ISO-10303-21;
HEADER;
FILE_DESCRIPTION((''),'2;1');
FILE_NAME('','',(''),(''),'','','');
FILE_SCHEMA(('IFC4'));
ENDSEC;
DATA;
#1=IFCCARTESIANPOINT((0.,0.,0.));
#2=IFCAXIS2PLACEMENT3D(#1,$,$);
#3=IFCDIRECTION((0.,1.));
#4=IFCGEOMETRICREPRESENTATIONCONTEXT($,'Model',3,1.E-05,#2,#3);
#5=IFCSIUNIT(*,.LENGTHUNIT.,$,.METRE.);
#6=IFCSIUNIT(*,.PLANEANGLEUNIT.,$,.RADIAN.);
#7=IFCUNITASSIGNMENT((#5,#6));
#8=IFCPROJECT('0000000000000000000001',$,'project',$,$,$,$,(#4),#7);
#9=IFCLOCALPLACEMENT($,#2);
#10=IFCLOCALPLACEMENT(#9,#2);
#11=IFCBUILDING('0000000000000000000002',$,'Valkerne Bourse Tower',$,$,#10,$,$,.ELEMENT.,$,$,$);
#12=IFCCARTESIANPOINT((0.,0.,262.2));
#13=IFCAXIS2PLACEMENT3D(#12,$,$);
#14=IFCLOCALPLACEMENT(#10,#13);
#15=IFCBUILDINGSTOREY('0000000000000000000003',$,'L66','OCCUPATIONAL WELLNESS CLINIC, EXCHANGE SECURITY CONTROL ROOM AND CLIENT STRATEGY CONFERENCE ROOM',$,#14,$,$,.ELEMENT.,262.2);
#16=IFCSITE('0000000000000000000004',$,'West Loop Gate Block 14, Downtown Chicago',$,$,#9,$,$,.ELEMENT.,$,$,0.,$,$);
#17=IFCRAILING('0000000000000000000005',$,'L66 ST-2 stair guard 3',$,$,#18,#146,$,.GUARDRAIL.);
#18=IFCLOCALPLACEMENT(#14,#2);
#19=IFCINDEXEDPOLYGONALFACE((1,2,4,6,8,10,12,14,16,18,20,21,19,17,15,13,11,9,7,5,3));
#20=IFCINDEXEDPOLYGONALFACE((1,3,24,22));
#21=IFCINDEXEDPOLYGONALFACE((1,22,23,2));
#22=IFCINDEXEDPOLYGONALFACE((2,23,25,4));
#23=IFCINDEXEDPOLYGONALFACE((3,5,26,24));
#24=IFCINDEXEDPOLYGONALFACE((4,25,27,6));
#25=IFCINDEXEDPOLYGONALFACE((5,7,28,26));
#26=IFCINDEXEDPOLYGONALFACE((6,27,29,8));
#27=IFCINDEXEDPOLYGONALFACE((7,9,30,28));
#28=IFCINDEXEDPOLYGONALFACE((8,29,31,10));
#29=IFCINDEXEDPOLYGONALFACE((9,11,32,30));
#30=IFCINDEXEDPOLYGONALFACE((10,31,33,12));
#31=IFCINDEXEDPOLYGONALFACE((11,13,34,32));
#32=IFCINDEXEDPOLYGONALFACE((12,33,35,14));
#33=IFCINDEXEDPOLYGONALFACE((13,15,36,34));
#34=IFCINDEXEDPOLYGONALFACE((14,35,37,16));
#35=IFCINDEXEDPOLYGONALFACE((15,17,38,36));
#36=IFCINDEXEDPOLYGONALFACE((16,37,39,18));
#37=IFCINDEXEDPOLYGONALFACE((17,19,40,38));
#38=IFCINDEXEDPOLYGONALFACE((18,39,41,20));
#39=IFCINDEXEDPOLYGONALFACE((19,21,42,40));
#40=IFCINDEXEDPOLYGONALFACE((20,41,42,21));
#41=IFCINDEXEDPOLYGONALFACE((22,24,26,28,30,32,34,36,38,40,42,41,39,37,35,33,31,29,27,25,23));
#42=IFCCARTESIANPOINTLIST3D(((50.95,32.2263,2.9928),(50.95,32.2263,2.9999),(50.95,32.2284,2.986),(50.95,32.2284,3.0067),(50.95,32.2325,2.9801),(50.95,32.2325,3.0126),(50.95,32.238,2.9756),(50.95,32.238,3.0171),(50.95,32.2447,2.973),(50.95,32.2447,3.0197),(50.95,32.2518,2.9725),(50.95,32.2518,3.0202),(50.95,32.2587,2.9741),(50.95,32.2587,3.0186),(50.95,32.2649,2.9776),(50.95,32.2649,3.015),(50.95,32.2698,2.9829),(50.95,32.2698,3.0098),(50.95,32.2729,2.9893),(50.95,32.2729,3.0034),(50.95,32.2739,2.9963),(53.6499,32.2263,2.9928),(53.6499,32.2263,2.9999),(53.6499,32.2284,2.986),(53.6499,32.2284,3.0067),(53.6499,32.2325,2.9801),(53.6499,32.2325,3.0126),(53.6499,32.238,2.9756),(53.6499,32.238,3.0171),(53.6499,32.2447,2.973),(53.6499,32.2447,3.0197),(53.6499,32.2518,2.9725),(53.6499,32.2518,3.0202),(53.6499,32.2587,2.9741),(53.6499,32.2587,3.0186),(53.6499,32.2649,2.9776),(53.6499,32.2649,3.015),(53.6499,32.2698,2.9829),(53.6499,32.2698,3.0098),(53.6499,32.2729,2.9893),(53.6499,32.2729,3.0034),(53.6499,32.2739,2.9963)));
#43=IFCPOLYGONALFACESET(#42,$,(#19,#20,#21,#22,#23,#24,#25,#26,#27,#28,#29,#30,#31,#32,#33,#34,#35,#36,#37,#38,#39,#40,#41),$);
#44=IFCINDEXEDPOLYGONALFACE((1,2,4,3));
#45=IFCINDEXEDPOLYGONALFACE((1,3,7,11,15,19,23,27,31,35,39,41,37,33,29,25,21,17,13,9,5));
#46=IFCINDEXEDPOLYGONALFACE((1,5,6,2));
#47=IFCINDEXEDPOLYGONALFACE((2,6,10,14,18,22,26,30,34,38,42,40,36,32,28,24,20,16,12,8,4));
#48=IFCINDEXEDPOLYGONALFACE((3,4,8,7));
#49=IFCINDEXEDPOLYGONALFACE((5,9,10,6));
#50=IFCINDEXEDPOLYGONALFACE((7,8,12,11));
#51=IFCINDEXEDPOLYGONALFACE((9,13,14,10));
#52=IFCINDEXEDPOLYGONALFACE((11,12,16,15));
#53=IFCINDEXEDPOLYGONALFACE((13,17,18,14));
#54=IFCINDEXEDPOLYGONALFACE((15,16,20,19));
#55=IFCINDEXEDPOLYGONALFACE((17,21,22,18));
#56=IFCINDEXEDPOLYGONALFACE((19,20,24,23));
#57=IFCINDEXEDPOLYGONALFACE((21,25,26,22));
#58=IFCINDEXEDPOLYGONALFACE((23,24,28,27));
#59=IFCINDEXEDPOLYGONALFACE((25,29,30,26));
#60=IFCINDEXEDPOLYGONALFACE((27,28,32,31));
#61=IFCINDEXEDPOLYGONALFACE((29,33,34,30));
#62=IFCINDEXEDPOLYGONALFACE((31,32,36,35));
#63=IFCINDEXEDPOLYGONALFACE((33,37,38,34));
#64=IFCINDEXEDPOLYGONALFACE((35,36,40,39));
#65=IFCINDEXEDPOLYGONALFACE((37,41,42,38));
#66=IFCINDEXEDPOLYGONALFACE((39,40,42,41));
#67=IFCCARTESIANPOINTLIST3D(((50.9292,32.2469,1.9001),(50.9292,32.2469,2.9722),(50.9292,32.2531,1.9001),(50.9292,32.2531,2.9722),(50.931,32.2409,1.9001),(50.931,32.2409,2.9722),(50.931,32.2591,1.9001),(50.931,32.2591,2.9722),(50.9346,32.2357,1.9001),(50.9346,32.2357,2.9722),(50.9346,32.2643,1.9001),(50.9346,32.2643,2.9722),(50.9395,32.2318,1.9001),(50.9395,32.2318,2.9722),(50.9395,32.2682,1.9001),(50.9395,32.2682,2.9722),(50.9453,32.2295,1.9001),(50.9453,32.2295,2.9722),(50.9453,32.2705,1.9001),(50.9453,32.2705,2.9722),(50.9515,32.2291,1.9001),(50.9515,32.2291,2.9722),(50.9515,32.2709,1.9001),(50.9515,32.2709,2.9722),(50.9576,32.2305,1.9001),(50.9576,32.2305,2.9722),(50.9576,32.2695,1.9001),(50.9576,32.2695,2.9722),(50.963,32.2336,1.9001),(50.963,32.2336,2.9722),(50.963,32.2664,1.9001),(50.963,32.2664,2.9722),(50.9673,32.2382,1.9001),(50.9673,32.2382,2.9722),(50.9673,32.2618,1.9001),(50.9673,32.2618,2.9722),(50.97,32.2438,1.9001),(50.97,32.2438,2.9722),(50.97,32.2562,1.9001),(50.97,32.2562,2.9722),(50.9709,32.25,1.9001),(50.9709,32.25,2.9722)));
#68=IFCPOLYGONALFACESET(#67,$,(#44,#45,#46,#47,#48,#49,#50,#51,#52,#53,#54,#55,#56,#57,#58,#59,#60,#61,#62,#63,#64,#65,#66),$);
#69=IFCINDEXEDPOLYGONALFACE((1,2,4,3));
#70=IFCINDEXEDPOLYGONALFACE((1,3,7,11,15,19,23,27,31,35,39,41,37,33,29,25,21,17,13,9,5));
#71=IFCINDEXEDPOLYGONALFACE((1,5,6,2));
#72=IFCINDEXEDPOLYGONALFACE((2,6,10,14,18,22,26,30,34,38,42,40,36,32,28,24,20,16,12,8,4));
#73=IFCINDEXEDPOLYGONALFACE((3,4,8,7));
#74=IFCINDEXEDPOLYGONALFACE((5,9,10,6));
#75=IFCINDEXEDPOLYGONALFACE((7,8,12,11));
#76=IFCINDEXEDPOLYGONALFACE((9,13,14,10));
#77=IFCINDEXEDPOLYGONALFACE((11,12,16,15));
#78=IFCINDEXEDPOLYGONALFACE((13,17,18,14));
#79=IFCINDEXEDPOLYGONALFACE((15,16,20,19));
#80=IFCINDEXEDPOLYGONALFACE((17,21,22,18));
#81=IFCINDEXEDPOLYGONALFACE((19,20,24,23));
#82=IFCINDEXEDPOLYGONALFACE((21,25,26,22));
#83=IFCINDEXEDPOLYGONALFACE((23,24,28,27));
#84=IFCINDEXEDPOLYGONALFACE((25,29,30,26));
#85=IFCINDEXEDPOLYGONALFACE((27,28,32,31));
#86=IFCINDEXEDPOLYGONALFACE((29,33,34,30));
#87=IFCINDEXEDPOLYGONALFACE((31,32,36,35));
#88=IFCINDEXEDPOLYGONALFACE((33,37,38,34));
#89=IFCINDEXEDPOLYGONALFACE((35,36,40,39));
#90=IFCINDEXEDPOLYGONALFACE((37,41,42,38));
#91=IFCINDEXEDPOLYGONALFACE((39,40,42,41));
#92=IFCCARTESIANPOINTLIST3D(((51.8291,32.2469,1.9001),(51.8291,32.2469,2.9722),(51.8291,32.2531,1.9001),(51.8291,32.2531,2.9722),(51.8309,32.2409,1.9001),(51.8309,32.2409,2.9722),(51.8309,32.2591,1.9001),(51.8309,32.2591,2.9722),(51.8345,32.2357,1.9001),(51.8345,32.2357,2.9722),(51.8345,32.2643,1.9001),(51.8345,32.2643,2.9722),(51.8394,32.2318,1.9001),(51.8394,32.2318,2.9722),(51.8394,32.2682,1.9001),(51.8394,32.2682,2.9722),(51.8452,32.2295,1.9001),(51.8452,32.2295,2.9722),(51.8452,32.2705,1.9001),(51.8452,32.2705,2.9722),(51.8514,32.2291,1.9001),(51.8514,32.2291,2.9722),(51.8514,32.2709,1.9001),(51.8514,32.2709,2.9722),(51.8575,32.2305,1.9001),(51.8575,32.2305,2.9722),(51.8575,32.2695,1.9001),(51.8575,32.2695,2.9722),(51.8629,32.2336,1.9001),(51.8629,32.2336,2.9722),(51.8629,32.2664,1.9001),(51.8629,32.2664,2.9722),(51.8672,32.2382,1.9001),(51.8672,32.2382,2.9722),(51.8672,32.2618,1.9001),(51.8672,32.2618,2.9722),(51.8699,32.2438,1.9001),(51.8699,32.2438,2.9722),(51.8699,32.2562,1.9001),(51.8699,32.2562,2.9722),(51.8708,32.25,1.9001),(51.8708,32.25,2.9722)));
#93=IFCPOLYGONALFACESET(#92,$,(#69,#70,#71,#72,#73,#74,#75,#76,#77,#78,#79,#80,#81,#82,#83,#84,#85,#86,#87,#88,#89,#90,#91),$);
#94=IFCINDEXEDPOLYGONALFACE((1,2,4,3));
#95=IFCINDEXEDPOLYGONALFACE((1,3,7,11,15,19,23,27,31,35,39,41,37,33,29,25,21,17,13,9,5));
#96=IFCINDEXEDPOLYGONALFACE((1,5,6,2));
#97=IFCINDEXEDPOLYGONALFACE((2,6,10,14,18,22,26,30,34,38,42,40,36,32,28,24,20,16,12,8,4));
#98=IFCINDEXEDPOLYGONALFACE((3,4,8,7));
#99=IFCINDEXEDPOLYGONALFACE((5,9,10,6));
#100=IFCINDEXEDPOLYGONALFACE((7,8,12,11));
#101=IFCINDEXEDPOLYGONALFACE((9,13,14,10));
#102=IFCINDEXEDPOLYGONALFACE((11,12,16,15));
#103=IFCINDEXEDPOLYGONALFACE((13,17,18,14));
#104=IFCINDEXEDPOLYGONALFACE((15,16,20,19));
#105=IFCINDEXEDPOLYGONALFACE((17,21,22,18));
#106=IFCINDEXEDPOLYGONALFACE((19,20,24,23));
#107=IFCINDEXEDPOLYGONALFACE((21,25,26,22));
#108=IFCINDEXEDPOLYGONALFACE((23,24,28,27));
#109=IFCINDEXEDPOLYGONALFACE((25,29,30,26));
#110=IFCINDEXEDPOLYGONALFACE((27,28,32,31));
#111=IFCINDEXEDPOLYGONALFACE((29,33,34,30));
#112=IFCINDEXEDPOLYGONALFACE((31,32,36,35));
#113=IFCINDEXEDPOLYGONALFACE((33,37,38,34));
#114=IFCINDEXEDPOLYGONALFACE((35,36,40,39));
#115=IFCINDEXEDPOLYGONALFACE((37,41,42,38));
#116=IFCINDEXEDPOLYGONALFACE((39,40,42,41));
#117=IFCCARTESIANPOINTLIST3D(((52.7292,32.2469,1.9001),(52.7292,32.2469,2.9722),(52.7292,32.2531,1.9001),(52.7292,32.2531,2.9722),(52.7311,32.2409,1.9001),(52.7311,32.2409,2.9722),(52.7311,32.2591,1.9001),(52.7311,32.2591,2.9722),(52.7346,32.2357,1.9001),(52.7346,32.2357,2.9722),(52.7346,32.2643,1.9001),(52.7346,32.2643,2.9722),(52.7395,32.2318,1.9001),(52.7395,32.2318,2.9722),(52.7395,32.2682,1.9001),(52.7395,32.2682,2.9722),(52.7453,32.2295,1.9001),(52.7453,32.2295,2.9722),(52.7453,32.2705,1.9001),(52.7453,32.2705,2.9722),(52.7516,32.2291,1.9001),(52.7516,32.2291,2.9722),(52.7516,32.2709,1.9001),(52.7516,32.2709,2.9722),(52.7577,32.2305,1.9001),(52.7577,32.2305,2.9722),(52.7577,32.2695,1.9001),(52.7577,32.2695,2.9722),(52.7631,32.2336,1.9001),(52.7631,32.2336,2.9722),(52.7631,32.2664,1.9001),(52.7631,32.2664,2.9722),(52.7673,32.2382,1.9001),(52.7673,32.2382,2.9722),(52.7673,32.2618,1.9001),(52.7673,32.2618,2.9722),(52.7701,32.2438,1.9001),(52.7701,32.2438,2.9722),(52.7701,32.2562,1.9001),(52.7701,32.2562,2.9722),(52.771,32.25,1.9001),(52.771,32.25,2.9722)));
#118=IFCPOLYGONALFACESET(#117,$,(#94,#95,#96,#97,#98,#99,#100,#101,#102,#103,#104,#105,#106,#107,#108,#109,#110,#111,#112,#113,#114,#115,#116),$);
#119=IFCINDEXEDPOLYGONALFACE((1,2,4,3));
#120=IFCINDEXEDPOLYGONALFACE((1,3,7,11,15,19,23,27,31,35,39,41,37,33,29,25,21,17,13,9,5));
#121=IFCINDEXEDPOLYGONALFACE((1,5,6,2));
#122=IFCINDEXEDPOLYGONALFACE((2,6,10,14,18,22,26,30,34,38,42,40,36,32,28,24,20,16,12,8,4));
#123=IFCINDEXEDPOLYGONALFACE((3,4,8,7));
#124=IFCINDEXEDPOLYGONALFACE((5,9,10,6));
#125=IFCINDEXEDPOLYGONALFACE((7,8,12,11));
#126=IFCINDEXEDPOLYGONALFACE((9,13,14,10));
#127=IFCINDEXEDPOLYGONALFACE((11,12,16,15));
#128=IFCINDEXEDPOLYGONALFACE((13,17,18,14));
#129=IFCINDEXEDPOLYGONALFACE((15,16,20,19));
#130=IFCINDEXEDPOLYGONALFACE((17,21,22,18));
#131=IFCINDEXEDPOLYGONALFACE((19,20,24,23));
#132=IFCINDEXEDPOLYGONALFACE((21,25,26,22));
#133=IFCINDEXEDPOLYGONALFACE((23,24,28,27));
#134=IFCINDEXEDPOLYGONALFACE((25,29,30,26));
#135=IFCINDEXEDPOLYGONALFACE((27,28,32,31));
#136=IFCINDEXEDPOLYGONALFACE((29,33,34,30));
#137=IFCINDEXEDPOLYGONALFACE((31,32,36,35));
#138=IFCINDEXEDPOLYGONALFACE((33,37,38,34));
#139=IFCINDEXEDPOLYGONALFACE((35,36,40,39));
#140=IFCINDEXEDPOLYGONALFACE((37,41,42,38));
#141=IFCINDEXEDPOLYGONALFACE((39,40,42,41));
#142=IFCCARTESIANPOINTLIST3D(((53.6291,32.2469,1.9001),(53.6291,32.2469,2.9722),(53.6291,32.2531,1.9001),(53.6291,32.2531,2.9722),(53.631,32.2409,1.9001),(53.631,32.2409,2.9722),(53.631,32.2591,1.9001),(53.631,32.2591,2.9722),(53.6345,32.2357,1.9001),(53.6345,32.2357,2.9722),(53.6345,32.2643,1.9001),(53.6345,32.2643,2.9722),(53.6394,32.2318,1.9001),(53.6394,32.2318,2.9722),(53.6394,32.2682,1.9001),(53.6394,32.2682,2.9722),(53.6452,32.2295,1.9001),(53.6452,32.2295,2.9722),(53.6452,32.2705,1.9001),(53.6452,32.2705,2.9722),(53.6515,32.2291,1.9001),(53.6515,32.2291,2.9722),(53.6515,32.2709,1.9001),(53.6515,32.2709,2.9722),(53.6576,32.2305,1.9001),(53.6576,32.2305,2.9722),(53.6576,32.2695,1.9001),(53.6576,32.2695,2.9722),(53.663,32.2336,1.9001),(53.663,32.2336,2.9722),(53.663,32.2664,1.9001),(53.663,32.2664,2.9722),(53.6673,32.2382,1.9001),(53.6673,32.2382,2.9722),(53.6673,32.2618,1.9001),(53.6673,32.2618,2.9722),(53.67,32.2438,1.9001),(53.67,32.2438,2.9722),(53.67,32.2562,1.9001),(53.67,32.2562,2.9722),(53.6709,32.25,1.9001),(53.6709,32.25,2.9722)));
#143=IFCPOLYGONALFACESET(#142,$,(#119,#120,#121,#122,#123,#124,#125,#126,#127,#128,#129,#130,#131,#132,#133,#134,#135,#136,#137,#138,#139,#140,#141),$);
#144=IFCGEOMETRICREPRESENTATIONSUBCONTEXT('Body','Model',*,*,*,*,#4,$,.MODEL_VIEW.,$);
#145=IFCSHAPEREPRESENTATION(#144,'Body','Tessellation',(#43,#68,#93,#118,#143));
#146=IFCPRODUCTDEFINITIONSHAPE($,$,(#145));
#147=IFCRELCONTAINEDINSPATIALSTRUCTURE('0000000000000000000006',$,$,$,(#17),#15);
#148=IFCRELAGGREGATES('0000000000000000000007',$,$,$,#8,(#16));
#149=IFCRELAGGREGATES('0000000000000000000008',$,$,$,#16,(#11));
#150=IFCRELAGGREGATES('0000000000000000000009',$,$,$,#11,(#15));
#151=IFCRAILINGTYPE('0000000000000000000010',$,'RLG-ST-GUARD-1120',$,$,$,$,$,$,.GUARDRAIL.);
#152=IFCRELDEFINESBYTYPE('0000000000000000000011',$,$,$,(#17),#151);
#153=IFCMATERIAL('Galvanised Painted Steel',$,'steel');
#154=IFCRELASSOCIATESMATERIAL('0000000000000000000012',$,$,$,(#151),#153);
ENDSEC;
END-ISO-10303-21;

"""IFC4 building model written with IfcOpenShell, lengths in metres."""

from ifc_helpers import new_model, si_unit, direction, frame, origin, origin_2d, place, context, subcontext, project, spatial, circle, extrude, material, type_object, element, save


model = new_model("IFC4")

# Units and contexts
model_context = context("Model", 3, precision=1e-05, world=origin(), true_north=direction((0.0, 1.0)))
body_context = subcontext(model_context, "Body", "Model", "MODEL_VIEW")
ifc_project = project(units=[si_unit("LENGTHUNIT", "METRE"), si_unit("PLANEANGLEUNIT", "RADIAN")], contexts=[model_context])

# Site, building, storey
site_placement = place(None, origin())
site = spatial("IfcSite", under=ifc_project, at=site_placement, Name="West Loop Gate Block 14, Downtown Chicago", CompositionType="ELEMENT", RefElevation=0.0)
building_placement = place(site_placement, origin())
building = spatial("IfcBuilding", under=site, at=building_placement, Name="Valkerne Bourse Tower", CompositionType="ELEMENT")
storey_placement = place(building_placement, frame((0.0, 0.0, 262.2)))
storey = spatial("IfcBuildingStorey", under=building, at=storey_placement, Name="L66", Description="OCCUPATIONAL WELLNESS CLINIC, EXCHANGE SECURITY CONTROL ROOM AND CLIENT STRATEGY CONFERENCE ROOM", CompositionType="ELEMENT", Elevation=262.2)

# Shared definitions
ifc_material_1 = material(Name="Galvanised Painted Steel", Category="steel")

# Railing
railing_type_1 = type_object("IfcRailingType", Name="RLG-ST-GUARD-1120", PredefinedType="GUARDRAIL", material=ifc_material_1)
railing_1_placement = place(storey_placement, frame((50.95, 32.25, 1.9001)))
element("IfcRailing", 1, at=railing_1_placement, inside=storey, type_object=railing_type_1, Name="L66 ST-2 stair guard 3", PredefinedType="GUARDRAIL", context=body_context, shape_type="SweptSolid", body=[
    extrude(circle(Radius=0.0239, at=origin_2d()), frame((0.0, 0.0, 1.0962), z_axis=(1.0, 0.0, 0.0), x_axis=(0.0, 1.0, 0.0)), (0.0, 0.0, 1.0), 2.7),
    extrude(circle(Radius=0.021, at=origin_2d()), origin(), (0.0, 0.0, 1.0), 1.072),
    extrude(circle(Radius=0.021, at=origin_2d()), frame((0.8999, 0.0, 0.0)), (0.0, 0.0, 1.0), 1.072),
    extrude(circle(Radius=0.021, at=origin_2d()), frame((1.8, 0.0, 0.0)), (0.0, 0.0, 1.0), 1.072),
    extrude(circle(Radius=0.021, at=origin_2d()), frame((2.7, 0.0, 0.0)), (0.0, 0.0, 1.0), 1.072),
])

save(model, "model.ifc")
